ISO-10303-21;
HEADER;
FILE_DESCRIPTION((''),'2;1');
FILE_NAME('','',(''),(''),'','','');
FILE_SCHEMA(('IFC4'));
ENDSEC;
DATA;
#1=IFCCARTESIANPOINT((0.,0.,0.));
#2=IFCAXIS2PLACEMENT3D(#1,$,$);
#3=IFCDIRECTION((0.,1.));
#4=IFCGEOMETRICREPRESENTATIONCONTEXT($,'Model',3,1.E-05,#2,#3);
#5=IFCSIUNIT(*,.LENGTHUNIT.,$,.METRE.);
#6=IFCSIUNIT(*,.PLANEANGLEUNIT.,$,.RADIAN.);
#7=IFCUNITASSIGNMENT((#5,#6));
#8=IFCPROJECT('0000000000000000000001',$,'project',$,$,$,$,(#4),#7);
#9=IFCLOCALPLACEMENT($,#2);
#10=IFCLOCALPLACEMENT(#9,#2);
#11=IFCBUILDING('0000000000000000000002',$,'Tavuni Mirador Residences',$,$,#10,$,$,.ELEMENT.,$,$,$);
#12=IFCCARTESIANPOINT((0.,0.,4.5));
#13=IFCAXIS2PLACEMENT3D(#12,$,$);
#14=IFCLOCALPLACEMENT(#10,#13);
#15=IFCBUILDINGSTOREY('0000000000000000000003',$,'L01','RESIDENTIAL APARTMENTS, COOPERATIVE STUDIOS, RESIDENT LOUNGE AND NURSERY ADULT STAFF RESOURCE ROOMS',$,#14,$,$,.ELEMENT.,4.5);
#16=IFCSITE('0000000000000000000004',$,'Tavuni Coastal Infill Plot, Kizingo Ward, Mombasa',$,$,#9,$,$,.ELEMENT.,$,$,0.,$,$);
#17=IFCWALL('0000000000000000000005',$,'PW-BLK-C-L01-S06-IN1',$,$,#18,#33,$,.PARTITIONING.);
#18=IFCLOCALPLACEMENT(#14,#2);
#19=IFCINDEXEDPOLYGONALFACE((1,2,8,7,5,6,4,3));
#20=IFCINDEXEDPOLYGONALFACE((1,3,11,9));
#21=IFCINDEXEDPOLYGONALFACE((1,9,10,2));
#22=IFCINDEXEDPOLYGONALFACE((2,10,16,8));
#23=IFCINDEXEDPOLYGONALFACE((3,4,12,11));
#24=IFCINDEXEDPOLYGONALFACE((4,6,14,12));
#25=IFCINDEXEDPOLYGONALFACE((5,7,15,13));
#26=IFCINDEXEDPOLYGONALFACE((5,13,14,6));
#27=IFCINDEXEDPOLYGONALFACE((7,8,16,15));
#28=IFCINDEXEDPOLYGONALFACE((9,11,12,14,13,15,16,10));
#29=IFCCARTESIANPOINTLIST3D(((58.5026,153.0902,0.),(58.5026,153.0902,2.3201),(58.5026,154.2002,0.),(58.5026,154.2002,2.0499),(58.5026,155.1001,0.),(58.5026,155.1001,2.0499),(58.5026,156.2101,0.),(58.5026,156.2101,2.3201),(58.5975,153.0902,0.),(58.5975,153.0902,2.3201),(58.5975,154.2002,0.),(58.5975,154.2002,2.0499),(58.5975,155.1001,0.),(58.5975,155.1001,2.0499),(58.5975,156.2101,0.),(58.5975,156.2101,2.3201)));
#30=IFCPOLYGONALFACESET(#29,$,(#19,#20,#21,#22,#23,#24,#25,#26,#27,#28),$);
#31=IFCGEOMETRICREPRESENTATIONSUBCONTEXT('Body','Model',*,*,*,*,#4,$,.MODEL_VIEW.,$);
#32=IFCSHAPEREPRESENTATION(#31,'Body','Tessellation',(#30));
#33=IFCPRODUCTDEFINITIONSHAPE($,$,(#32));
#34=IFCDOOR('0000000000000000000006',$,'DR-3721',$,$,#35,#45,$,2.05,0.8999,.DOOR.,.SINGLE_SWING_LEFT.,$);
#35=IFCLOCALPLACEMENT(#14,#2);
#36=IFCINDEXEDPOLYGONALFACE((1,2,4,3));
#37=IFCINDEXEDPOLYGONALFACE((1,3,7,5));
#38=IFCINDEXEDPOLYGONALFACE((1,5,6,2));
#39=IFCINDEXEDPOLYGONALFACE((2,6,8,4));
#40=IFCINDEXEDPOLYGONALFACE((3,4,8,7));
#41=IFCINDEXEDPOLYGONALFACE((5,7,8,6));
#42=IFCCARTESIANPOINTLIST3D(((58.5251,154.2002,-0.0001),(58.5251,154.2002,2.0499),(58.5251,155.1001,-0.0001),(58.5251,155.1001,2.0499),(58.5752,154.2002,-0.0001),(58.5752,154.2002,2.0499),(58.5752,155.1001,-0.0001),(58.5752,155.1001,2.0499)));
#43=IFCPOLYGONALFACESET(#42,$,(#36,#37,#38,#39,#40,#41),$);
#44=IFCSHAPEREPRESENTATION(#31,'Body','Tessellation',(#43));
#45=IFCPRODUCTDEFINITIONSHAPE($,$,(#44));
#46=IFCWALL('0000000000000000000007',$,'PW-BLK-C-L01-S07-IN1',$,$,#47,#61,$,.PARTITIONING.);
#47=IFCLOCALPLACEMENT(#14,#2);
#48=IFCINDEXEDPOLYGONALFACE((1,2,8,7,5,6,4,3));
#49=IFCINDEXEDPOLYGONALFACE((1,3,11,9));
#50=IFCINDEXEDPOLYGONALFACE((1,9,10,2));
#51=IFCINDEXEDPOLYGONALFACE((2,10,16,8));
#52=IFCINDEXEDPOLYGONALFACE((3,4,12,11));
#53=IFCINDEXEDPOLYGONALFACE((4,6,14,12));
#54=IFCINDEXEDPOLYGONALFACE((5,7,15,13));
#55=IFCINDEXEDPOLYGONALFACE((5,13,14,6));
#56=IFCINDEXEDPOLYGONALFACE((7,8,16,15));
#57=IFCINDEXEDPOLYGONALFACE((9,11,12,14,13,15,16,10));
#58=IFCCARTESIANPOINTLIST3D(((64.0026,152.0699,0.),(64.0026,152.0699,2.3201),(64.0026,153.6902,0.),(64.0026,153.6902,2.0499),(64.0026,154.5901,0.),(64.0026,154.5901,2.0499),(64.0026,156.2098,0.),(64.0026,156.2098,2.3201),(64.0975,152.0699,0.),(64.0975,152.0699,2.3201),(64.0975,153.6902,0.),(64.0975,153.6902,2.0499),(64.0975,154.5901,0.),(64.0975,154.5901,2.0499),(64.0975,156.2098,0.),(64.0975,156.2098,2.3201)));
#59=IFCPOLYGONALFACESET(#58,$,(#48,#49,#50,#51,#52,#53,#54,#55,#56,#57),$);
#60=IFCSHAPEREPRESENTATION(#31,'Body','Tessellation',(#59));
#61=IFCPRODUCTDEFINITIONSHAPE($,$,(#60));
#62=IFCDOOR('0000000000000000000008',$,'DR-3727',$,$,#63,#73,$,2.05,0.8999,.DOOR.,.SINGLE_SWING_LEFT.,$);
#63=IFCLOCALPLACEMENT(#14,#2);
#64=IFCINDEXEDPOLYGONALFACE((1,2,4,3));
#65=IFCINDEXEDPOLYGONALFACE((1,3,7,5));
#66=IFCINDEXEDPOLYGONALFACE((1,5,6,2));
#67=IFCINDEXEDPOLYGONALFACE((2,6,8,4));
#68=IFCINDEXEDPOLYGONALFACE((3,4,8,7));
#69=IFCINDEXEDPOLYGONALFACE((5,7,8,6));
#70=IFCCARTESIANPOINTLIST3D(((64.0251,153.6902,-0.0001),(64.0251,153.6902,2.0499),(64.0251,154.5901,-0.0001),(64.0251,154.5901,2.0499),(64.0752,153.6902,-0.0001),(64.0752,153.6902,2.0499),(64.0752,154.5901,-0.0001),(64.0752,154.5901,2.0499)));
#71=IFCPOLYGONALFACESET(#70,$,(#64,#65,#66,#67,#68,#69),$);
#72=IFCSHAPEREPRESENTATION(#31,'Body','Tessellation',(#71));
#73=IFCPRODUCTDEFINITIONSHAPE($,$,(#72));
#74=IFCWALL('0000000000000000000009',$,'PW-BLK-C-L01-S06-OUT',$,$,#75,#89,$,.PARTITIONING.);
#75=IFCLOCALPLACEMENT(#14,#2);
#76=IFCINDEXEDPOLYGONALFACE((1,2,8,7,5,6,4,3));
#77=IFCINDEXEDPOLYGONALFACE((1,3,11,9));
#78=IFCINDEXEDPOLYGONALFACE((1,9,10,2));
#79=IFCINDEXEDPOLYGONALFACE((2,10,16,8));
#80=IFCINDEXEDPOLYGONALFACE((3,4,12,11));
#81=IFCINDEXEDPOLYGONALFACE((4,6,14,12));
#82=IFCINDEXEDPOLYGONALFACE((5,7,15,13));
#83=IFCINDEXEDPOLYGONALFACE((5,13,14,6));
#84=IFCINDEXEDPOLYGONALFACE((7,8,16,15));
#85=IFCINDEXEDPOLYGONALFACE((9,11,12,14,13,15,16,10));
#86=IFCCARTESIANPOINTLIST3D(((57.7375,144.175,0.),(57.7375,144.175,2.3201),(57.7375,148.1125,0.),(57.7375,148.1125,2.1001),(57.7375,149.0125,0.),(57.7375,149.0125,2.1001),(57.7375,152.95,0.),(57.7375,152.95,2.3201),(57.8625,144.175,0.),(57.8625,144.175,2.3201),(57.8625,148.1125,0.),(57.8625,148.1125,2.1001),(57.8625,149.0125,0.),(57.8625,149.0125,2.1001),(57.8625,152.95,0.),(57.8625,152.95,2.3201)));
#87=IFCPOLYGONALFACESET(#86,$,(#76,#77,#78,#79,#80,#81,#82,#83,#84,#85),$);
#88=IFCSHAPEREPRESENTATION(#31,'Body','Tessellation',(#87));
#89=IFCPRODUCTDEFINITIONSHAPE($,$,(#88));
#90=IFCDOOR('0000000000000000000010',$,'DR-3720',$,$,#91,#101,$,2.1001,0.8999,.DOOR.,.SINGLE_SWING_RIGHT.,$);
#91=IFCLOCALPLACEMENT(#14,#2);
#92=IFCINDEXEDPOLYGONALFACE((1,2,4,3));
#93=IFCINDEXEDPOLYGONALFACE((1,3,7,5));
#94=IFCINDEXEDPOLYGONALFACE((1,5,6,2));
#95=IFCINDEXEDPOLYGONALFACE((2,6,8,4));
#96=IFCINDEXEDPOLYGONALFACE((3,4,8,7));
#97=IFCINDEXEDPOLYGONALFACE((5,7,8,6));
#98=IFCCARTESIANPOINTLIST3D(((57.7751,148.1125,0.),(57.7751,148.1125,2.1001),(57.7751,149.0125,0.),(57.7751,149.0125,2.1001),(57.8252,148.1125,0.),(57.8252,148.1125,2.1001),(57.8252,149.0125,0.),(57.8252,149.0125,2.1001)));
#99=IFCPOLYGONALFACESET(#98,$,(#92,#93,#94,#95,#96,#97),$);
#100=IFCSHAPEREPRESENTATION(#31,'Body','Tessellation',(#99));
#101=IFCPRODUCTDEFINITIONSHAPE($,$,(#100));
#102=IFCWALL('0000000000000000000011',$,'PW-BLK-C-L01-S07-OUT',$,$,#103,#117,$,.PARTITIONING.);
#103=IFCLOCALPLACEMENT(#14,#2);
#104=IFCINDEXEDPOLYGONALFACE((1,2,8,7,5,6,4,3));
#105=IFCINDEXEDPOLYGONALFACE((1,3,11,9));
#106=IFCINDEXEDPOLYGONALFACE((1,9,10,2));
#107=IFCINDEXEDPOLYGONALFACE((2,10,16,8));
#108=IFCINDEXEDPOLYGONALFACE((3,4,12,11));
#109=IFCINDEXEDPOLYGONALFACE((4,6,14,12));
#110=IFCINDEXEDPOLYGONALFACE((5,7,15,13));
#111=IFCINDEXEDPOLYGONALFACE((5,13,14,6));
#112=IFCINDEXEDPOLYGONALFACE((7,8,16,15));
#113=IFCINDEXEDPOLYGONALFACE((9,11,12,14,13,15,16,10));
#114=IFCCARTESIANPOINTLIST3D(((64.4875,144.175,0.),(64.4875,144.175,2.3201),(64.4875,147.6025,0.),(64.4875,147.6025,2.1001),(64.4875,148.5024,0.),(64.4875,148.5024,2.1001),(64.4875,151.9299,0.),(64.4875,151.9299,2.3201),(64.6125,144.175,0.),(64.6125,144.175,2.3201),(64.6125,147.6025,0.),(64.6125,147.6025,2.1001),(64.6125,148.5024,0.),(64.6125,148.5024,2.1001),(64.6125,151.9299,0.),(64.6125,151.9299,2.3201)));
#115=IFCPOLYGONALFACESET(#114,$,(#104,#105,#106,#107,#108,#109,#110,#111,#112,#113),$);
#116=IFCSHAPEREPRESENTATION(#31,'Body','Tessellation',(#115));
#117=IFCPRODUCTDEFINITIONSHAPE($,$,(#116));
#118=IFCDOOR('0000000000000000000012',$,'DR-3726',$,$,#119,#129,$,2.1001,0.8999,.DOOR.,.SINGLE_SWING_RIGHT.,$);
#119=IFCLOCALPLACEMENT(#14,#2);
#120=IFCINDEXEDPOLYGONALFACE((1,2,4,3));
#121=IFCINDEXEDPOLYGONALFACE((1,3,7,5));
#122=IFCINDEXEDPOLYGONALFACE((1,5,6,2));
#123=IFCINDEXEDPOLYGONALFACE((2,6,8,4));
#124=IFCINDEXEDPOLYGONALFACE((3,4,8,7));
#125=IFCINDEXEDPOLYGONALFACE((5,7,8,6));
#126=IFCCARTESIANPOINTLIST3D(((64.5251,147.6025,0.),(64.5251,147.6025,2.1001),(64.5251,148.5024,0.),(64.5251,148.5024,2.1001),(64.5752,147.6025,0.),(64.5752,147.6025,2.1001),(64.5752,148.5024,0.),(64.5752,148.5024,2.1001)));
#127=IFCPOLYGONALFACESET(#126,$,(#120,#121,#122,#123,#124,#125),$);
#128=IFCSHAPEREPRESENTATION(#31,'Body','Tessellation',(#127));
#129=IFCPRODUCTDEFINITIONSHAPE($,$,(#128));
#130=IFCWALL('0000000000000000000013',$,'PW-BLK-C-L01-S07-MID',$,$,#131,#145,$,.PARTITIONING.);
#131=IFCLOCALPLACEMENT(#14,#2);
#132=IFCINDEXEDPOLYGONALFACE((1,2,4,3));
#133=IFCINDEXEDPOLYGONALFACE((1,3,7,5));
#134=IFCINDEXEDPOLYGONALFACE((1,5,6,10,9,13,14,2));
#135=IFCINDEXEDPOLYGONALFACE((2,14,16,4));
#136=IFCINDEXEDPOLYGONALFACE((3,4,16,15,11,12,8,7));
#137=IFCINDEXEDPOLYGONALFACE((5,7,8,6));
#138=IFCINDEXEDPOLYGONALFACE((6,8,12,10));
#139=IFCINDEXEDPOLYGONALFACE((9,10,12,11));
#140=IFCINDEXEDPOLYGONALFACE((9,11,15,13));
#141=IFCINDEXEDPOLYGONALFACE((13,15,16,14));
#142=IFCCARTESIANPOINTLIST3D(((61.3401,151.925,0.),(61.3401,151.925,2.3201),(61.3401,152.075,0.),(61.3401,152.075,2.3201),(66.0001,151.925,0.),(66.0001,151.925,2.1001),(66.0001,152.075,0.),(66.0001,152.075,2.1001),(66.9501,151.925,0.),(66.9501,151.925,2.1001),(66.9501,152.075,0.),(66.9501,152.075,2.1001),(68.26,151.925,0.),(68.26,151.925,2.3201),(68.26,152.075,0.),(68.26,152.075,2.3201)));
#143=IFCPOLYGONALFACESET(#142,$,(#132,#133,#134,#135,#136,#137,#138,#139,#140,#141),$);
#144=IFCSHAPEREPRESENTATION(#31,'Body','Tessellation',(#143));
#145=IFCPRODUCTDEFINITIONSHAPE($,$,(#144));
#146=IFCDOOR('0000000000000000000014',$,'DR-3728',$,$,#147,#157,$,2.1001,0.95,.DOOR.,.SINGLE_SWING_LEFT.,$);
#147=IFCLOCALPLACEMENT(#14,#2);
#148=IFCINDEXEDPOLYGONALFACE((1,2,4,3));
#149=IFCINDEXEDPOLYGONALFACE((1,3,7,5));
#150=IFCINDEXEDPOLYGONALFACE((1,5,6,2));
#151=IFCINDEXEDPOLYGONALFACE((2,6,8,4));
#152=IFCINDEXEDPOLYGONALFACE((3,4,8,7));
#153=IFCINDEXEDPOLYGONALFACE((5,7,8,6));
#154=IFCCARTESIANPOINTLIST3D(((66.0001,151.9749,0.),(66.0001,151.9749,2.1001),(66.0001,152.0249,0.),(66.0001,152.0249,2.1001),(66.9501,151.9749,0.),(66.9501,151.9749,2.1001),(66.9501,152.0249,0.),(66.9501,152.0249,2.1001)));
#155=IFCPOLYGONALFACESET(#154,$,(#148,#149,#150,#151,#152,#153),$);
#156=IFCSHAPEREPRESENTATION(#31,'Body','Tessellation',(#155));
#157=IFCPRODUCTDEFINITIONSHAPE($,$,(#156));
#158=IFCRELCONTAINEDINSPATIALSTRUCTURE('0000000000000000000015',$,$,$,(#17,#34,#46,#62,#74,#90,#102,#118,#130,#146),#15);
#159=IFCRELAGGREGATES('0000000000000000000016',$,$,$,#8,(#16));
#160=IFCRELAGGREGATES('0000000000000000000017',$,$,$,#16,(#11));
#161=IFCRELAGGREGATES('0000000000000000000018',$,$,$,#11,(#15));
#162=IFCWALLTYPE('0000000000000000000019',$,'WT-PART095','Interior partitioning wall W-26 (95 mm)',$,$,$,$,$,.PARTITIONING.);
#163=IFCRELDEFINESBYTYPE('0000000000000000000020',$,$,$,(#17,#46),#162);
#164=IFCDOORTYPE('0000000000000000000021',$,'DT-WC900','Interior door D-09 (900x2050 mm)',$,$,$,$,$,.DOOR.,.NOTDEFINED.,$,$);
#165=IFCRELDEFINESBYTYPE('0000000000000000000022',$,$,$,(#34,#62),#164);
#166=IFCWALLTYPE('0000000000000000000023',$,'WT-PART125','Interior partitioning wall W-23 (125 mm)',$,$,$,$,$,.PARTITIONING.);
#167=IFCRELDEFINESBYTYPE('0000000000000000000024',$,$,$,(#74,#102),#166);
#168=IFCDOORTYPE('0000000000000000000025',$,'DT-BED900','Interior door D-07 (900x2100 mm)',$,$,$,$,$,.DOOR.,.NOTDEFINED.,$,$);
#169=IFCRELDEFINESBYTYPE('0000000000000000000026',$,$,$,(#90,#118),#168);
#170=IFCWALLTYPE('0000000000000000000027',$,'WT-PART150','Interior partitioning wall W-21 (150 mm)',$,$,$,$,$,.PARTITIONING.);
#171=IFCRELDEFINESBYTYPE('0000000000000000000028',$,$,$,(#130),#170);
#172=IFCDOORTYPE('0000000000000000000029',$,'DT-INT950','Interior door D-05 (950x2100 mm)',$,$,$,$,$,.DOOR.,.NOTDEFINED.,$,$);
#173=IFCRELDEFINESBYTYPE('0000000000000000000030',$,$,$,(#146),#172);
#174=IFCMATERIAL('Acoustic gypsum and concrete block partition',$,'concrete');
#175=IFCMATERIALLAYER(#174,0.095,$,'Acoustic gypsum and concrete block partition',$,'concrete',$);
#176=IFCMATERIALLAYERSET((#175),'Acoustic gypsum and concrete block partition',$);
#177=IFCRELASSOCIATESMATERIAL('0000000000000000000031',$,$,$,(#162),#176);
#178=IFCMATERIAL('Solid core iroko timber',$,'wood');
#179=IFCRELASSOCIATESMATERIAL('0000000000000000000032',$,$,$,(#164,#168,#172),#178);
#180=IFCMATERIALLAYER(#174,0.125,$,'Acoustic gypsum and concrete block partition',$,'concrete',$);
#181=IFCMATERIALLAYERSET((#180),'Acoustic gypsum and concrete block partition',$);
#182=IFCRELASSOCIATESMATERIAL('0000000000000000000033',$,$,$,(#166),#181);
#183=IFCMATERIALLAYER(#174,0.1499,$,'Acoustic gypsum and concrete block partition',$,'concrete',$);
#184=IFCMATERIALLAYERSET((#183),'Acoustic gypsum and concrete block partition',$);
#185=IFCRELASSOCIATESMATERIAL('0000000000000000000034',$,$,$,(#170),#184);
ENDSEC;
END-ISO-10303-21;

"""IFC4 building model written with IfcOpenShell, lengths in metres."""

from ifc_helpers import new_model, si_unit, direction, frame, frame_2d, origin, place, context, subcontext, project, spatial, rectangle, extrude, material, layer, layer_set, type_object, element, fill, save


model = new_model("IFC4")

# Units and contexts
model_context = context("Model", 3, precision=1e-05, world=origin(), true_north=direction((0.0, 1.0)))
body_context = subcontext(model_context, "Body", "Model", "MODEL_VIEW")
ifc_project = project(units=[si_unit("LENGTHUNIT", "METRE"), si_unit("PLANEANGLEUNIT", "RADIAN")], contexts=[model_context])

# Site, building, storey
site_placement = place(None, origin())
site = spatial("IfcSite", under=ifc_project, at=site_placement, Name="Tavuni Coastal Infill Plot, Kizingo Ward, Mombasa", CompositionType="ELEMENT", RefElevation=0.0)
building_placement = place(site_placement, origin())
building = spatial("IfcBuilding", under=site, at=building_placement, Name="Tavuni Mirador Residences", CompositionType="ELEMENT")
storey_placement = place(building_placement, frame((0.0, 0.0, 4.5)))
storey = spatial("IfcBuildingStorey", under=building, at=storey_placement, Name="L01", Description="RESIDENTIAL APARTMENTS, COOPERATIVE STUDIOS, RESIDENT LOUNGE AND NURSERY ADULT STAFF RESOURCE ROOMS", CompositionType="ELEMENT", Elevation=4.5)

# Shared definitions
ifc_material_1 = material(Name="Solid core iroko timber", Category="wood")

# Walls, openings, doors
ifc_material_2 = material(Name="Acoustic gypsum and concrete block partition", Category="concrete")
ifc_layer_1 = layer(ifc_material_2, 0.095, Name="Acoustic gypsum and concrete block partition", Category="concrete")
ifc_layer_set_1 = layer_set([ifc_layer_1], Name="Acoustic gypsum and concrete block partition")
wall_type_1 = type_object("IfcWallType", Name="WT-PART095", Description="Interior partitioning wall W-26 (95 mm)", PredefinedType="PARTITIONING", material=ifc_layer_set_1)
wall_1_placement = place(storey_placement, frame((58.55, 153.0901, 0.0), z_axis=(0.0, 0.0, 1.0), x_axis=(0.0, 1.0, 0.0)))
wall_1 = element("IfcWall", 1, at=wall_1_placement, inside=storey, type_object=wall_type_1, Name="PW-BLK-C-L01-S06-IN1", PredefinedType="PARTITIONING", context=body_context, shape_type="SweptSolid", body=[
    extrude(rectangle(XDim=3.1199, YDim=0.095, at=frame_2d((1.5601, 0.0))), origin(), (0.0, 0.0, 1.0), 2.3201),
])
opening_1_placement = place(wall_1_placement, frame((1.1101, 0.0, 0.0)))
opening_1 = element("IfcOpeningElement", 2, at=opening_1_placement, cuts=wall_1, PredefinedType="OPENING", context=body_context, shape_type="SweptSolid", body=[
    extrude(rectangle(XDim=0.8999, YDim=2.05, at=frame_2d((0.45, 1.0249))), frame((0.0, 0.0576, 0.0), z_axis=(0.0, -1.0, 0.0), x_axis=(1.0, 0.0, 0.0)), (0.0, 0.0, 1.0), 0.115),
])
door_type_1 = type_object("IfcDoorType", Name="DT-WC900", Description="Interior door D-09 (900x2050 mm)", OperationType="NOTDEFINED", PredefinedType="DOOR", material=ifc_material_1)
door_1_placement = place(opening_1_placement, origin())
door_1 = element("IfcDoor", 3, at=door_1_placement, inside=storey, type_object=door_type_1, Name="DR-3721", OperationType="SINGLE_SWING_LEFT", OverallHeight=2.05, OverallWidth=0.8999, PredefinedType="DOOR", context=body_context, shape_type="SweptSolid", body=[
    extrude(rectangle(XDim=0.8999, YDim=2.05, at=frame_2d((0.45, 1.0249))), frame((0.0, 0.0249, 0.0), z_axis=(0.0, -1.0, 0.0), x_axis=(1.0, 0.0, 0.0)), (0.0, 0.0, 1.0), 0.05),
])
fill(opening_1, door_1)
wall_2_placement = place(storey_placement, frame((64.05, 152.0701, 0.0), z_axis=(0.0, 0.0, 1.0), x_axis=(0.0, 1.0, 0.0)))
wall_2 = element("IfcWall", 4, at=wall_2_placement, inside=storey, type_object=wall_type_1, Name="PW-BLK-C-L01-S07-IN1", PredefinedType="PARTITIONING", context=body_context, shape_type="SweptSolid", body=[
    extrude(rectangle(XDim=4.1399, YDim=0.095, at=frame_2d((2.0698, 0.0))), origin(), (0.0, 0.0, 1.0), 2.3201),
])
opening_2_placement = place(wall_2_placement, frame((1.6201, 0.0, 0.0)))
opening_2 = element("IfcOpeningElement", 5, at=opening_2_placement, cuts=wall_2, PredefinedType="OPENING", context=body_context, shape_type="SweptSolid", body=[
    extrude(rectangle(XDim=0.8999, YDim=2.05, at=frame_2d((0.45, 1.0249))), frame((0.0, 0.0576, 0.0), z_axis=(0.0, -1.0, 0.0), x_axis=(1.0, 0.0, 0.0)), (0.0, 0.0, 1.0), 0.115),
])
door_2_placement = place(opening_2_placement, origin())
door_2 = element("IfcDoor", 6, at=door_2_placement, inside=storey, type_object=door_type_1, Name="DR-3727", OperationType="SINGLE_SWING_LEFT", OverallHeight=2.05, OverallWidth=0.8999, PredefinedType="DOOR", context=body_context, shape_type="SweptSolid", body=[
    extrude(rectangle(XDim=0.8999, YDim=2.05, at=frame_2d((0.45, 1.0249))), frame((0.0, 0.0249, 0.0), z_axis=(0.0, -1.0, 0.0), x_axis=(1.0, 0.0, 0.0)), (0.0, 0.0, 1.0), 0.05),
])
fill(opening_2, door_2)
ifc_layer_2 = layer(ifc_material_2, 0.125, Name="Acoustic gypsum and concrete block partition", Category="concrete")
ifc_layer_set_2 = layer_set([ifc_layer_2], Name="Acoustic gypsum and concrete block partition")
wall_type_2 = type_object("IfcWallType", Name="WT-PART125", Description="Interior partitioning wall W-23 (125 mm)", PredefinedType="PARTITIONING", material=ifc_layer_set_2)
wall_3_placement = place(storey_placement, frame((57.8, 144.175, 0.0), z_axis=(0.0, 0.0, 1.0), x_axis=(0.0, 1.0, 0.0)))
wall_3 = element("IfcWall", 7, at=wall_3_placement, inside=storey, type_object=wall_type_2, Name="PW-BLK-C-L01-S06-OUT", PredefinedType="PARTITIONING", context=body_context, shape_type="SweptSolid", body=[
    extrude(rectangle(XDim=8.7749, YDim=0.125, at=frame_2d((4.3875, 0.0))), origin(), (0.0, 0.0, 1.0), 2.3201),
])
opening_3_placement = place(wall_3_placement, frame((3.9375, 0.0, 0.0)))
opening_3 = element("IfcOpeningElement", 8, at=opening_3_placement, cuts=wall_3, PredefinedType="OPENING", context=body_context, shape_type="SweptSolid", body=[
    extrude(rectangle(XDim=0.8999, YDim=2.1001, at=frame_2d((0.45, 1.05))), frame((0.0, 0.0725, 0.0), z_axis=(0.0, -1.0, 0.0), x_axis=(1.0, 0.0, 0.0)), (0.0, 0.0, 1.0), 0.145),
])
door_type_2 = type_object("IfcDoorType", Name="DT-BED900", Description="Interior door D-07 (900x2100 mm)", OperationType="NOTDEFINED", PredefinedType="DOOR", material=ifc_material_1)
door_3_placement = place(opening_3_placement, origin())
door_3 = element("IfcDoor", 9, at=door_3_placement, inside=storey, type_object=door_type_2, Name="DR-3720", OperationType="SINGLE_SWING_RIGHT", OverallHeight=2.1001, OverallWidth=0.8999, PredefinedType="DOOR", context=body_context, shape_type="SweptSolid", body=[
    extrude(rectangle(XDim=0.8999, YDim=2.1001, at=frame_2d((0.45, 1.05))), frame((0.0, 0.0249, 0.0), z_axis=(0.0, -1.0, 0.0), x_axis=(1.0, 0.0, 0.0)), (0.0, 0.0, 1.0), 0.05),
])
fill(opening_3, door_3)
wall_4_placement = place(storey_placement, frame((64.55, 144.175, 0.0), z_axis=(0.0, 0.0, 1.0), x_axis=(0.0, 1.0, 0.0)))
wall_4 = element("IfcWall", 10, at=wall_4_placement, inside=storey, type_object=wall_type_2, Name="PW-BLK-C-L01-S07-OUT", PredefinedType="PARTITIONING", context=body_context, shape_type="SweptSolid", body=[
    extrude(rectangle(XDim=7.7549, YDim=0.125, at=frame_2d((3.8774, 0.0))), origin(), (0.0, 0.0, 1.0), 2.3201),
])
opening_4_placement = place(wall_4_placement, frame((3.4275, 0.0, 0.0)))
opening_4 = element("IfcOpeningElement", 11, at=opening_4_placement, cuts=wall_4, PredefinedType="OPENING", context=body_context, shape_type="SweptSolid", body=[
    extrude(rectangle(XDim=0.8999, YDim=2.1001, at=frame_2d((0.45, 1.05))), frame((0.0, 0.0725, 0.0), z_axis=(0.0, -1.0, 0.0), x_axis=(1.0, 0.0, 0.0)), (0.0, 0.0, 1.0), 0.145),
])
door_4_placement = place(opening_4_placement, origin())
door_4 = element("IfcDoor", 12, at=door_4_placement, inside=storey, type_object=door_type_2, Name="DR-3726", OperationType="SINGLE_SWING_RIGHT", OverallHeight=2.1001, OverallWidth=0.8999, PredefinedType="DOOR", context=body_context, shape_type="SweptSolid", body=[
    extrude(rectangle(XDim=0.8999, YDim=2.1001, at=frame_2d((0.45, 1.05))), frame((0.0, 0.0249, 0.0), z_axis=(0.0, -1.0, 0.0), x_axis=(1.0, 0.0, 0.0)), (0.0, 0.0, 1.0), 0.05),
])
fill(opening_4, door_4)
ifc_layer_3 = layer(ifc_material_2, 0.1499, Name="Acoustic gypsum and concrete block partition", Category="concrete")
ifc_layer_set_3 = layer_set([ifc_layer_3], Name="Acoustic gypsum and concrete block partition")
wall_type_3 = type_object("IfcWallType", Name="WT-PART150", Description="Interior partitioning wall W-21 (150 mm)", PredefinedType="PARTITIONING", material=ifc_layer_set_3)
wall_5_placement = place(storey_placement, frame((61.3401, 152.0, 0.0), z_axis=(0.0, 0.0, 1.0), x_axis=(1.0, 0.0, 0.0)))
wall_5 = element("IfcWall", 13, at=wall_5_placement, inside=storey, type_object=wall_type_3, Name="PW-BLK-C-L01-S07-MID", PredefinedType="PARTITIONING", context=body_context, shape_type="SweptSolid", body=[
    extrude(rectangle(XDim=6.9199, YDim=0.1499, at=frame_2d((3.46, 0.0))), origin(), (0.0, 0.0, 1.0), 2.3201),
])
opening_5_placement = place(wall_5_placement, frame((4.6599, 0.0, 0.0)))
opening_5 = element("IfcOpeningElement", 14, at=opening_5_placement, cuts=wall_5, PredefinedType="OPENING", context=body_context, shape_type="SweptSolid", body=[
    extrude(rectangle(XDim=0.95, YDim=2.1001, at=frame_2d((0.4751, 1.05))), frame((0.0, 0.085, 0.0), z_axis=(0.0, -1.0, 0.0), x_axis=(1.0, 0.0, 0.0)), (0.0, 0.0, 1.0), 0.1699),
])
door_type_3 = type_object("IfcDoorType", Name="DT-INT950", Description="Interior door D-05 (950x2100 mm)", OperationType="NOTDEFINED", PredefinedType="DOOR", material=ifc_material_1)
door_5_placement = place(opening_5_placement, origin())
door_5 = element("IfcDoor", 15, at=door_5_placement, inside=storey, type_object=door_type_3, Name="DR-3728", OperationType="SINGLE_SWING_LEFT", OverallHeight=2.1001, OverallWidth=0.95, PredefinedType="DOOR", context=body_context, shape_type="SweptSolid", body=[
    extrude(rectangle(XDim=0.95, YDim=2.1001, at=frame_2d((0.4751, 1.05))), frame((0.0, 0.0249, 0.0), z_axis=(0.0, -1.0, 0.0), x_axis=(1.0, 0.0, 0.0)), (0.0, 0.0, 1.0), 0.05),
])
fill(opening_5, door_5)

save(model, "model.ifc")
